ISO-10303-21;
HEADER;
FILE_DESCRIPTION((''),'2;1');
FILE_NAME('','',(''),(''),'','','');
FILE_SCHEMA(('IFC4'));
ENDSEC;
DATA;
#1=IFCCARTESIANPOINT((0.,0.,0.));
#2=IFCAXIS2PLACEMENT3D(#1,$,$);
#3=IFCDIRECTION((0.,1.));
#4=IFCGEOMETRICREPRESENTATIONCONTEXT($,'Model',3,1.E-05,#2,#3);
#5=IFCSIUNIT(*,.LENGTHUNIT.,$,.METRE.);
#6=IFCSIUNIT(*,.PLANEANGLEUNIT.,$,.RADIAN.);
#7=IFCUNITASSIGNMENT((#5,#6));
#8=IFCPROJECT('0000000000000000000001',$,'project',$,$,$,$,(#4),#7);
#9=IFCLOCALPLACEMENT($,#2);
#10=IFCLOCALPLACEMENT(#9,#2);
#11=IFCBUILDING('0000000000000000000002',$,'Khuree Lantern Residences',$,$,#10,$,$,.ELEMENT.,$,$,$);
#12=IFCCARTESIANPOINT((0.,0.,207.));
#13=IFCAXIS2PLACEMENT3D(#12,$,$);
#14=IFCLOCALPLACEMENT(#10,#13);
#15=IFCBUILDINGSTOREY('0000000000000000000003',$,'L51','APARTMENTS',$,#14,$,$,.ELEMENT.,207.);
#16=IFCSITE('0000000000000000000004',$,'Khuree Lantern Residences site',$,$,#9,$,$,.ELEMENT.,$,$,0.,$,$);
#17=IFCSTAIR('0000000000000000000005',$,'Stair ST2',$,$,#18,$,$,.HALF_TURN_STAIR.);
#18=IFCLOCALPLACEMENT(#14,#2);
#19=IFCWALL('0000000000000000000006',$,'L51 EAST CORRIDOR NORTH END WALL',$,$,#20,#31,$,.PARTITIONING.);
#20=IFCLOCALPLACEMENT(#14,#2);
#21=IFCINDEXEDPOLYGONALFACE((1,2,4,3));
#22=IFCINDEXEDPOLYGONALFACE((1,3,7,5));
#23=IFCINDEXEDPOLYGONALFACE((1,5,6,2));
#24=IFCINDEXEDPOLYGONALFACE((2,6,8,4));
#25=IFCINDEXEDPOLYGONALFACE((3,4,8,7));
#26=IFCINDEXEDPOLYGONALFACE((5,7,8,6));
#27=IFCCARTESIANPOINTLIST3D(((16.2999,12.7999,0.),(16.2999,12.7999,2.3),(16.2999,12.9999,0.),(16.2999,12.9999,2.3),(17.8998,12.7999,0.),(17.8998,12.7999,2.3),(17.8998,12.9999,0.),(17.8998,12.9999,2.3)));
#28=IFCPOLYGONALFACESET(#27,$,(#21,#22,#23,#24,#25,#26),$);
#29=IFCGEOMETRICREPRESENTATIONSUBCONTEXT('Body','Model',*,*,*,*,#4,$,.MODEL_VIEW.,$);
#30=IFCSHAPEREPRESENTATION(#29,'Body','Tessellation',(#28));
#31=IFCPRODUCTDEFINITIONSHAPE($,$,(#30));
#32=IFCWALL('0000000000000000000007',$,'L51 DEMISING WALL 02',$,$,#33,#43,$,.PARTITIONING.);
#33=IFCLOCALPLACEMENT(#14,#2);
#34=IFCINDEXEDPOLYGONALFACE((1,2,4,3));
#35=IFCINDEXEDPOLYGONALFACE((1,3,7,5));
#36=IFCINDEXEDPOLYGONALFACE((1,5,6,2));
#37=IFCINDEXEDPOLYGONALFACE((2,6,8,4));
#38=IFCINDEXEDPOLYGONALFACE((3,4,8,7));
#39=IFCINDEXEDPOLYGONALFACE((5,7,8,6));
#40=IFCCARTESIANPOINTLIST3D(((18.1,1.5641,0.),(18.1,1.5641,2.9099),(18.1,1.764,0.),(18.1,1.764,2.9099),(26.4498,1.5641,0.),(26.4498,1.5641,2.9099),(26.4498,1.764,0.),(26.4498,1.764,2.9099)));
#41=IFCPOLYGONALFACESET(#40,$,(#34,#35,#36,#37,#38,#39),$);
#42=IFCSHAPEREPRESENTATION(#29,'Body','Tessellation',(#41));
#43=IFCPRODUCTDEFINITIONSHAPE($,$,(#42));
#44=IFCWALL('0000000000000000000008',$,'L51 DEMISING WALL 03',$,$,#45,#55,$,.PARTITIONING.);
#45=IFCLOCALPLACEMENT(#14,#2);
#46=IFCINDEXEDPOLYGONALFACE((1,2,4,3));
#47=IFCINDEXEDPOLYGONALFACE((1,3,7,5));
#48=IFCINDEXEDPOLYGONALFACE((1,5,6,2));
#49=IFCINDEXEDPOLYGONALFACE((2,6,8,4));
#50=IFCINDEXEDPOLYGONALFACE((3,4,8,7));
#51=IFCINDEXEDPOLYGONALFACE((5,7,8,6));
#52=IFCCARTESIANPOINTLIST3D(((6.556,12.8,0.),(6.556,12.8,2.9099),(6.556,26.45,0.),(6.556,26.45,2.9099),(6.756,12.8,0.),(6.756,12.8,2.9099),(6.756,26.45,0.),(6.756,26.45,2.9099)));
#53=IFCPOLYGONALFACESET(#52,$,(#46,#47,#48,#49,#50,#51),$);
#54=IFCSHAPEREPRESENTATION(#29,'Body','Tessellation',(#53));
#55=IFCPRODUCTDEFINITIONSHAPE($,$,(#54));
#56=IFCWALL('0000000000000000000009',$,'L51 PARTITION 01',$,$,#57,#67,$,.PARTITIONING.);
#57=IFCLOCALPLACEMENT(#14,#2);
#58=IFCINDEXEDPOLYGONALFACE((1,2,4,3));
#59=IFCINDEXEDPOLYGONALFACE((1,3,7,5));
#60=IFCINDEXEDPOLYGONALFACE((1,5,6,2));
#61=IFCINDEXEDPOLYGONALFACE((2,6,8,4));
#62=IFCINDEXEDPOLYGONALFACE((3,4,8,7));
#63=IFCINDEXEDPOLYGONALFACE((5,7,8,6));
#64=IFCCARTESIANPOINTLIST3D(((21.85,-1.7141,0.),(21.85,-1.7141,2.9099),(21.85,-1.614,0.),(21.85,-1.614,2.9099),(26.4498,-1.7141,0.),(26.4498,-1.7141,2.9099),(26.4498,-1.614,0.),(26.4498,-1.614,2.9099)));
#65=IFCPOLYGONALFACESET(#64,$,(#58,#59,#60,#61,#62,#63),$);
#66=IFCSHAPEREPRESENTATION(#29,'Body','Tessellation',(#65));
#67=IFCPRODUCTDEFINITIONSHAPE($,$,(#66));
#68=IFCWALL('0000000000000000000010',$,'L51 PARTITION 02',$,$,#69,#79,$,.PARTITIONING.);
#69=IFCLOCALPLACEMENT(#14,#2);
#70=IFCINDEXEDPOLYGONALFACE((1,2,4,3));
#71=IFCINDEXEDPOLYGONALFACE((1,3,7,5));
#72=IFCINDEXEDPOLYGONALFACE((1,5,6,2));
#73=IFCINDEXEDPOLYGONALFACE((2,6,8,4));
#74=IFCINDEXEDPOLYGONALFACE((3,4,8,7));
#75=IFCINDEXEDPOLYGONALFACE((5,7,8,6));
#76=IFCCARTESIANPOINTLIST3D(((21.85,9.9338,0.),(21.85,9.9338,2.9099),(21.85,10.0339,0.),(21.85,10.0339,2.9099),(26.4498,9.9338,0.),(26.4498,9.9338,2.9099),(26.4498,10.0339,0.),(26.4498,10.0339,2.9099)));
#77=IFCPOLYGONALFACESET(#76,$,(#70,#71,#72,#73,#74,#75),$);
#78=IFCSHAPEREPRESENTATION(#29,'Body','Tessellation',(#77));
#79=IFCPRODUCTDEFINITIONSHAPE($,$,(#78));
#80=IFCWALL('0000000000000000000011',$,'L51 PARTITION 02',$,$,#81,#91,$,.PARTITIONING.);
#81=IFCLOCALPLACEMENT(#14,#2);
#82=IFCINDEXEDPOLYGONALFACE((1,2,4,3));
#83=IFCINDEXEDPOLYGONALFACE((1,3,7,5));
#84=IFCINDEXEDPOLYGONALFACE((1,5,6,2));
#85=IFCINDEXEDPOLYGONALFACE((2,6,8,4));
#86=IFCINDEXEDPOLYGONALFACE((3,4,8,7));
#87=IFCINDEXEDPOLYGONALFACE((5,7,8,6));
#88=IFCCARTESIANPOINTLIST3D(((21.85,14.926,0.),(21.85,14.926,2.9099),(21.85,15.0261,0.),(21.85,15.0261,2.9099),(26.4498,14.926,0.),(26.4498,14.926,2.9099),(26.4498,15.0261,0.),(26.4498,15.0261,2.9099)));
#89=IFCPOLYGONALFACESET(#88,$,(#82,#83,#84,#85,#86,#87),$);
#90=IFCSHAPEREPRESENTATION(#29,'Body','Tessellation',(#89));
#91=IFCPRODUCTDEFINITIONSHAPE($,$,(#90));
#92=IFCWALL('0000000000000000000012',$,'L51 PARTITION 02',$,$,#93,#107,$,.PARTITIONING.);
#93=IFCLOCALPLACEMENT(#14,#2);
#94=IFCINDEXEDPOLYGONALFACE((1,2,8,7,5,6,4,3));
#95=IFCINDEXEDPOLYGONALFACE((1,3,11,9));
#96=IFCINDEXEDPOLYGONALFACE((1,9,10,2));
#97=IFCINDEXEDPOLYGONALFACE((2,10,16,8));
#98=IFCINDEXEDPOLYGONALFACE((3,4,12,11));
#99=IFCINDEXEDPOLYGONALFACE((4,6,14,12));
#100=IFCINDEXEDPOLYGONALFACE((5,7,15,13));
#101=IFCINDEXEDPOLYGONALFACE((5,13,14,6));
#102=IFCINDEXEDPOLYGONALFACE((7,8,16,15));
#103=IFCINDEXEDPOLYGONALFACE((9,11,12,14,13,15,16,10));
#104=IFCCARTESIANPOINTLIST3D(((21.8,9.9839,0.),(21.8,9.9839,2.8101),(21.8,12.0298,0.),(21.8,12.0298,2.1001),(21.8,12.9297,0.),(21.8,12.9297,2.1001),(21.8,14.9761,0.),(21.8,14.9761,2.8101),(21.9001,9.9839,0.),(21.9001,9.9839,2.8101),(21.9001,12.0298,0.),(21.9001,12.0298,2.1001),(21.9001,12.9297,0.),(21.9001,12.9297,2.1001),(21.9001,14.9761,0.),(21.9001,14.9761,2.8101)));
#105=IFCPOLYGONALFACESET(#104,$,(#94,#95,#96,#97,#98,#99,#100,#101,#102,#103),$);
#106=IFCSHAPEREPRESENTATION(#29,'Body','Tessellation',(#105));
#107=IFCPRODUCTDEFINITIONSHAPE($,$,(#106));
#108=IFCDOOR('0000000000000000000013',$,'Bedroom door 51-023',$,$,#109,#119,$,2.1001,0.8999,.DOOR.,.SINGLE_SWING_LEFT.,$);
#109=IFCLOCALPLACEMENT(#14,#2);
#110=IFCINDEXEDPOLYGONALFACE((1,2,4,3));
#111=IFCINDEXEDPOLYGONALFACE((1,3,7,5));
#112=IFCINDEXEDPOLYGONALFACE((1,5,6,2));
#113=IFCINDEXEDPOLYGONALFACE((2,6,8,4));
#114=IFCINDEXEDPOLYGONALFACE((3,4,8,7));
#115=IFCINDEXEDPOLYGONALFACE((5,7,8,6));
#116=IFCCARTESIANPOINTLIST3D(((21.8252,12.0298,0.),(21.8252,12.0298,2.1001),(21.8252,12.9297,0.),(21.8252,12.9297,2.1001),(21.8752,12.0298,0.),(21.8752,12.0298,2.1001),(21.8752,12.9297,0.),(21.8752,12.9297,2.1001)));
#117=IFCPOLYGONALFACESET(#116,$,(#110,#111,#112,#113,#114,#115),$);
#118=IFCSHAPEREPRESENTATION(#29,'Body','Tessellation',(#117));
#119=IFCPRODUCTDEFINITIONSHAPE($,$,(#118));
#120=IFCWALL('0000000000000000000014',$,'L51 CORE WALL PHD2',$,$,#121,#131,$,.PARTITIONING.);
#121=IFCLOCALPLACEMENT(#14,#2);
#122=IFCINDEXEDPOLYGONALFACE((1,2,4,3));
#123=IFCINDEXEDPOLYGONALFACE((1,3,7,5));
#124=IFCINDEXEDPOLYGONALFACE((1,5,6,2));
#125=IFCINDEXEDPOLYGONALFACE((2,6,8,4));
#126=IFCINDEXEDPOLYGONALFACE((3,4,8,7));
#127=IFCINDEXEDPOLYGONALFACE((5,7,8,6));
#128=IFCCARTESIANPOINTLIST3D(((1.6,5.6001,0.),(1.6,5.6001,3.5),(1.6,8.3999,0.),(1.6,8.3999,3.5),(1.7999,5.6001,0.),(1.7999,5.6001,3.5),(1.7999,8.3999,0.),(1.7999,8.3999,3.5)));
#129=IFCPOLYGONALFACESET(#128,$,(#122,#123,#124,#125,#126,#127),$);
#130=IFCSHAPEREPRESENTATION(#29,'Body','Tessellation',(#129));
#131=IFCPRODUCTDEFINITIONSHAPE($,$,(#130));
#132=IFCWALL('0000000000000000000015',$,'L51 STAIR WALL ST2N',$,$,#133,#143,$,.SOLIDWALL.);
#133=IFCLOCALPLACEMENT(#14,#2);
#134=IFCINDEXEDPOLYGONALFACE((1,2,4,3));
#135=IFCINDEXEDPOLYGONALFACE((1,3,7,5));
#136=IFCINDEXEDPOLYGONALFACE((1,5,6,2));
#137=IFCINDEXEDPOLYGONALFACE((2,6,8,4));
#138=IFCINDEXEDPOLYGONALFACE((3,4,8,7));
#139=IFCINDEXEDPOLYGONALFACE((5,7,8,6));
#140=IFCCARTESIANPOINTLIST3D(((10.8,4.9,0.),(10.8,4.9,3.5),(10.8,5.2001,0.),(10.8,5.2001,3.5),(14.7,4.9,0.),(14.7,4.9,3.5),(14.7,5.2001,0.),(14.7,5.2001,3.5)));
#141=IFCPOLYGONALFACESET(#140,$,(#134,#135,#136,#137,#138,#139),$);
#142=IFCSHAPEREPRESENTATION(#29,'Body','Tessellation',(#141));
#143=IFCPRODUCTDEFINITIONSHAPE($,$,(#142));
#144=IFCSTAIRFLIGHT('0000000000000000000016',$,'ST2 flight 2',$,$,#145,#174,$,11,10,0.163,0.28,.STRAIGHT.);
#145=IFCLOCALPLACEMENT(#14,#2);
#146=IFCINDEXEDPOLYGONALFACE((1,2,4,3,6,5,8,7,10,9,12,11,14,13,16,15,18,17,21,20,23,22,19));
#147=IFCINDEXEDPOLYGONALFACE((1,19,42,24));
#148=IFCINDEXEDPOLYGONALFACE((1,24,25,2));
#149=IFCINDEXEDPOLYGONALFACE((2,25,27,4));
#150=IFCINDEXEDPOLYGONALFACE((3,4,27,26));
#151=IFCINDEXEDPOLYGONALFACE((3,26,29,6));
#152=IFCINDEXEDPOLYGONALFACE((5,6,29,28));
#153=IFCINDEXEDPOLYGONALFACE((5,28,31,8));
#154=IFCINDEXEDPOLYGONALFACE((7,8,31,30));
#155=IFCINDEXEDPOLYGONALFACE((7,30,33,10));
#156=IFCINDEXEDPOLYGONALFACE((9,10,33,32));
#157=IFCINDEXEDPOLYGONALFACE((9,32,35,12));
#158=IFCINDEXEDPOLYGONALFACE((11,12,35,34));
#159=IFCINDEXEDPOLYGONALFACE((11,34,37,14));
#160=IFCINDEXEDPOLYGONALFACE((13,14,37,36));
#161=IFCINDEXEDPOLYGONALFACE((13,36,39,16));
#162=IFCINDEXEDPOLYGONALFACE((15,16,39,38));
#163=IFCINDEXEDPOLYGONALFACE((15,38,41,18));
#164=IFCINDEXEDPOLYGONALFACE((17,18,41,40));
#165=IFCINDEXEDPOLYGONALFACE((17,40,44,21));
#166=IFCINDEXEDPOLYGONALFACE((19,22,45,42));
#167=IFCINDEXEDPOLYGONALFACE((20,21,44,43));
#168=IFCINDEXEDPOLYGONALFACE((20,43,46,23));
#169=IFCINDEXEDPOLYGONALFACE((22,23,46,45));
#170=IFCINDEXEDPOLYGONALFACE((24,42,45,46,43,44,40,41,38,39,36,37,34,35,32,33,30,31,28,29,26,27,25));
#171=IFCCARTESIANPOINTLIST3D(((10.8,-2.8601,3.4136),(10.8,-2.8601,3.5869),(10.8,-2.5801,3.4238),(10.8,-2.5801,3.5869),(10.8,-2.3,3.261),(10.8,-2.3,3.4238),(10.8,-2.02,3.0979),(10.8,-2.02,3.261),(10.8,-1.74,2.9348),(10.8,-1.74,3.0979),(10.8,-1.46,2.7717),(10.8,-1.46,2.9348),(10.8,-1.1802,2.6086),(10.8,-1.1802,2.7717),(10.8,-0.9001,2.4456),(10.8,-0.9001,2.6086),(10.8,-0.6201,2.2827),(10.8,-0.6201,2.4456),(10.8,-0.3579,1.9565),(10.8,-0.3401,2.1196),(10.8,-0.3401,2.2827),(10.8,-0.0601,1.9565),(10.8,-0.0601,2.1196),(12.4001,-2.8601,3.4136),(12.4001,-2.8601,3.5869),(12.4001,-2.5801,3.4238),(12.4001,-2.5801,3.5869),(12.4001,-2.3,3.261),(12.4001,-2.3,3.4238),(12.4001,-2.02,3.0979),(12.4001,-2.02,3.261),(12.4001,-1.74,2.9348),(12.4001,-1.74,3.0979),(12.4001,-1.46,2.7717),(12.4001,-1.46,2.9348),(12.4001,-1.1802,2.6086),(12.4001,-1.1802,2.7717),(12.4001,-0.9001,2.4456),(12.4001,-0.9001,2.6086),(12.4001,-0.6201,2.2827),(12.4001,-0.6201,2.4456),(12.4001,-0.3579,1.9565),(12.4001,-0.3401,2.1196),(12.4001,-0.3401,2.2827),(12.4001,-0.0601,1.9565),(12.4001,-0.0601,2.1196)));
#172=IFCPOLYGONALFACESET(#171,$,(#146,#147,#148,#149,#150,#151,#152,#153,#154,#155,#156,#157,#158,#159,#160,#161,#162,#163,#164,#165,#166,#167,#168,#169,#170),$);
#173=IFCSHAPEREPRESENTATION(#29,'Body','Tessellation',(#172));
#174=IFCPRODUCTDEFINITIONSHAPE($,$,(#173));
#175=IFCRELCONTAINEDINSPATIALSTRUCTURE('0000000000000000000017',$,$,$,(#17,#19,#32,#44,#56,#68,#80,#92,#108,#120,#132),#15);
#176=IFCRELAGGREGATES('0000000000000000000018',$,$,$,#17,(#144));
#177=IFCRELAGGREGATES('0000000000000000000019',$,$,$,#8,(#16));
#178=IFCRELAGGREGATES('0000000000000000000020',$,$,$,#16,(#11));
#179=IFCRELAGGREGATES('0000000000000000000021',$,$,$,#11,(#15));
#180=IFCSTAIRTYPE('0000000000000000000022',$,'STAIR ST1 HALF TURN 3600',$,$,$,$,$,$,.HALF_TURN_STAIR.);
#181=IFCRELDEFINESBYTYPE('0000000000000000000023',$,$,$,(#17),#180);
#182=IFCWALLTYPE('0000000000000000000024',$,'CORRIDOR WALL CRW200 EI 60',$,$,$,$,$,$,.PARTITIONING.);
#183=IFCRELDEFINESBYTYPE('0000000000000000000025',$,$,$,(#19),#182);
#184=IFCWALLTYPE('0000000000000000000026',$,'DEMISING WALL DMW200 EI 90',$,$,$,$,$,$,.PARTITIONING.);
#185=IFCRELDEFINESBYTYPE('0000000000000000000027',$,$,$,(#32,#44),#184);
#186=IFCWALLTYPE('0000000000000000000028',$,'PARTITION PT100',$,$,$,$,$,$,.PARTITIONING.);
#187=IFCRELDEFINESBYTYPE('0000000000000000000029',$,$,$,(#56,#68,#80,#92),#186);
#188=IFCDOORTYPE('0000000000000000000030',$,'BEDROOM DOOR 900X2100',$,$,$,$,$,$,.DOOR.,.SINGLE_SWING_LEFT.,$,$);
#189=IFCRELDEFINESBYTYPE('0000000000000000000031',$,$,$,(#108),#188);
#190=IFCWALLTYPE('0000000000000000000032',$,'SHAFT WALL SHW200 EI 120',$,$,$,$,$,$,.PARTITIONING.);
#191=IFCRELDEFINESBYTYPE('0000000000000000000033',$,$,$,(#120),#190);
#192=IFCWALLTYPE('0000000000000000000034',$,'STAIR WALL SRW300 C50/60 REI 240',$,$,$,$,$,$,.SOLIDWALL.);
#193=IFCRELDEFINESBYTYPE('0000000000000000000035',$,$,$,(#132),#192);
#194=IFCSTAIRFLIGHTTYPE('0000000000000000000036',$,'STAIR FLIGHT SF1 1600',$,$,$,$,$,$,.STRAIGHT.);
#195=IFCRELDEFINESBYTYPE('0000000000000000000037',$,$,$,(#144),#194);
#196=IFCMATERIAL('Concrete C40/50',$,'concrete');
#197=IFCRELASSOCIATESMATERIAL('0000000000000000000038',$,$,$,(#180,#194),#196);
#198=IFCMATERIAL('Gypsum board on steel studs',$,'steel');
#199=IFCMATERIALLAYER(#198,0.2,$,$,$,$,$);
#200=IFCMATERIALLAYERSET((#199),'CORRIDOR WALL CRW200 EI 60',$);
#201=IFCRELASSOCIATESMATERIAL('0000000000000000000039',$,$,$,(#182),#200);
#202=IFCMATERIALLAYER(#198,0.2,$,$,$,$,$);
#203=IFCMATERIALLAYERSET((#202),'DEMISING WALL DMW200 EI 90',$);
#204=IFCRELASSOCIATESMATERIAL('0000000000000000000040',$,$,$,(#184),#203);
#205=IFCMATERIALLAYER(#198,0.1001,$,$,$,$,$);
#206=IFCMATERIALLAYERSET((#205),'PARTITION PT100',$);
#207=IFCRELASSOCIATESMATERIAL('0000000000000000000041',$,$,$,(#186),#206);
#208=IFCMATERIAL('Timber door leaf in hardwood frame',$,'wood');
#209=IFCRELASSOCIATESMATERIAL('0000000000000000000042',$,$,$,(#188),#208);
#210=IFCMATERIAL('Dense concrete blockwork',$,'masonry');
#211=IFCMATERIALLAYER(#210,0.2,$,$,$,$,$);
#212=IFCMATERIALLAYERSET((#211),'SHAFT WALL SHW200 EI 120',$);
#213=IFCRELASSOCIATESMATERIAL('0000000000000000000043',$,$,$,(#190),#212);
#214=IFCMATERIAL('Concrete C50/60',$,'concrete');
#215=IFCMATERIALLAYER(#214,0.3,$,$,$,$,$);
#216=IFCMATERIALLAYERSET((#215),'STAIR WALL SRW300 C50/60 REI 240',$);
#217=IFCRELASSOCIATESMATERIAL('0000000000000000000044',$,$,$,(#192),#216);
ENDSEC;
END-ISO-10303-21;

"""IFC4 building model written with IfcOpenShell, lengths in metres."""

from ifc_helpers import new_model, si_unit, direction, frame, frame_2d, origin, place, context, subcontext, project, spatial, polyline, rectangle, outline, extrude, material, layer, layer_set, type_object, element, fill, aggregate, save


model = new_model("IFC4")

# Units and contexts
model_context = context("Model", 3, precision=1e-05, world=origin(), true_north=direction((0.0, 1.0)))
body_context = subcontext(model_context, "Body", "Model", "MODEL_VIEW")
ifc_project = project(units=[si_unit("LENGTHUNIT", "METRE"), si_unit("PLANEANGLEUNIT", "RADIAN")], contexts=[model_context])

# Site, building, storey
site_placement = place(None, origin())
site = spatial("IfcSite", under=ifc_project, at=site_placement, Name="Khuree Lantern Residences site", CompositionType="ELEMENT", RefElevation=0.0)
building_placement = place(site_placement, origin())
building = spatial("IfcBuilding", under=site, at=building_placement, Name="Khuree Lantern Residences", CompositionType="ELEMENT")
storey_placement = place(building_placement, frame((0.0, 0.0, 207.0)))
storey = spatial("IfcBuildingStorey", under=building, at=storey_placement, Name="L51", Description="APARTMENTS", CompositionType="ELEMENT", Elevation=207.0)

# Shared definitions
ifc_material_1 = material(Name="Concrete C50/60", Category="concrete")

# Stair
ifc_material_2 = material(Name="Concrete C40/50", Category="concrete")
stair_type = type_object("IfcStairType", Name="STAIR ST1 HALF TURN 3600", PredefinedType="HALF_TURN_STAIR", material=ifc_material_2)
stair_1_placement = place(storey_placement, origin())
stair_1 = element("IfcStair", 1, at=stair_1_placement, inside=storey, type_object=stair_type, Name="Stair ST2", PredefinedType="HALF_TURN_STAIR")

# Shared definitions
ifc_material_3 = material(Name="Timber door leaf in hardwood frame", Category="wood")

# Walls
ifc_material_4 = material(Name="Dense concrete blockwork", Category="masonry")
ifc_material_5 = material(Name="Gypsum board on steel studs", Category="steel")
ifc_layer_1 = layer(ifc_material_5, 0.2)
ifc_layer_set_1 = layer_set([ifc_layer_1], Name="CORRIDOR WALL CRW200 EI 60")
wall_type_1 = type_object("IfcWallType", Name="CORRIDOR WALL CRW200 EI 60", PredefinedType="PARTITIONING", material=ifc_layer_set_1)
wall_1_placement = place(storey_placement, frame((16.3, 12.8999, 0.0), z_axis=(0.0, 0.0, 1.0), x_axis=(1.0, 0.0, 0.0)))
element("IfcWall", 2, at=wall_1_placement, inside=storey, type_object=wall_type_1, Name="L51 EAST CORRIDOR NORTH END WALL", PredefinedType="PARTITIONING", context=body_context, shape_type="SweptSolid", body=[
    extrude(rectangle(XDim=1.5999, YDim=0.2, at=frame_2d((0.7998, 0.0))), origin(), (0.0, 0.0, 1.0), 2.3),
])
ifc_layer_2 = layer(ifc_material_5, 0.2)
ifc_layer_set_2 = layer_set([ifc_layer_2], Name="DEMISING WALL DMW200 EI 90")
wall_type_2 = type_object("IfcWallType", Name="DEMISING WALL DMW200 EI 90", PredefinedType="PARTITIONING", material=ifc_layer_set_2)
wall_2_placement = place(storey_placement, frame((18.1001, 1.6641, 0.0), z_axis=(0.0, 0.0, 1.0), x_axis=(1.0, 0.0, 0.0)))
element("IfcWall", 3, at=wall_2_placement, inside=storey, type_object=wall_type_2, Name="L51 DEMISING WALL 02", PredefinedType="PARTITIONING", context=body_context, shape_type="SweptSolid", body=[
    extrude(rectangle(XDim=8.3499, YDim=0.2, at=frame_2d((4.1748, 0.0))), origin(), (0.0, 0.0, 1.0), 2.9099),
])
wall_3_placement = place(storey_placement, frame((6.656, 12.8, 0.0), z_axis=(0.0, 0.0, 1.0), x_axis=(0.0, 1.0, 0.0)))
element("IfcWall", 4, at=wall_3_placement, inside=storey, type_object=wall_type_2, Name="L51 DEMISING WALL 03", PredefinedType="PARTITIONING", context=body_context, shape_type="SweptSolid", body=[
    extrude(rectangle(XDim=13.6499, YDim=0.2, at=frame_2d((6.825, 0.0))), origin(), (0.0, 0.0, 1.0), 2.9099),
])
ifc_layer_3 = layer(ifc_material_5, 0.1001)
ifc_layer_set_3 = layer_set([ifc_layer_3], Name="PARTITION PT100")
wall_type_3 = type_object("IfcWallType", Name="PARTITION PT100", PredefinedType="PARTITIONING", material=ifc_layer_set_3)
for number, where, z_axis, x_axis, name in (
    (5, (21.8501, -1.6641, 0.0), (0.0, 0.0, 1.0), (1.0, 0.0, 0.0), "L51 PARTITION 01"),
    (6, (21.8501, 9.9839, 0.0), (0.0, 0.0, 1.0), (1.0, 0.0, 0.0), "L51 PARTITION 02"),
    (7, (21.8501, 14.9761, 0.0), (0.0, 0.0, 1.0), (1.0, 0.0, 0.0), "L51 PARTITION 02"),
):
    element("IfcWall", number, at=place(storey_placement, frame(where, z_axis=z_axis, x_axis=x_axis)), inside=storey, type_object=wall_type_3, Name=name, PredefinedType="PARTITIONING", context=body_context, shape_type="SweptSolid", body=[
        extrude(rectangle(XDim=4.5999, YDim=0.1001, at=frame_2d((2.2998, 0.0))), origin(), (0.0, 0.0, 1.0), 2.9099),
    ])

# Wall, opening, door
wall_4_placement = place(storey_placement, frame((21.8501, 9.9839, 0.0), z_axis=(0.0, 0.0, 1.0), x_axis=(0.0, 1.0, 0.0)))
wall_4 = element("IfcWall", 8, at=wall_4_placement, inside=storey, type_object=wall_type_3, Name="L51 PARTITION 02", PredefinedType="PARTITIONING", context=body_context, shape_type="SweptSolid", body=[
    extrude(rectangle(XDim=4.9922, YDim=0.1001, at=frame_2d((2.4961, 0.0))), origin(), (0.0, 0.0, 1.0), 2.8101),
])
opening_1_placement = place(wall_4_placement, frame((2.0459, 0.0, 0.0)))
opening_1 = element("IfcOpeningElement", 9, at=opening_1_placement, cuts=wall_4, PredefinedType="OPENING", context=body_context, shape_type="SweptSolid", body=[
    extrude(rectangle(XDim=0.8999, YDim=2.1001, at=frame_2d((0.45, 1.05))), frame((0.0, 0.0601, 0.0), z_axis=(0.0, -1.0, 0.0), x_axis=(1.0, 0.0, 0.0)), (0.0, 0.0, 1.0), 0.1201),
])
door_type_1 = type_object("IfcDoorType", Name="BEDROOM DOOR 900X2100", OperationType="SINGLE_SWING_LEFT", PredefinedType="DOOR", material=ifc_material_3)
door_1_placement = place(opening_1_placement, origin())
door_1 = element("IfcDoor", 10, at=door_1_placement, inside=storey, type_object=door_type_1, Name="Bedroom door 51-023", OperationType="SINGLE_SWING_LEFT", OverallHeight=2.1001, OverallWidth=0.8999, PredefinedType="DOOR", context=body_context, shape_type="SweptSolid", body=[
    extrude(rectangle(XDim=0.8999, YDim=2.1001, at=frame_2d((0.45, 1.05))), frame((0.0, 0.0249, 0.0), z_axis=(0.0, -1.0, 0.0), x_axis=(1.0, 0.0, 0.0)), (0.0, 0.0, 1.0), 0.05),
])
fill(opening_1, door_1)

# Walls
ifc_layer_4 = layer(ifc_material_4, 0.2)
ifc_layer_set_4 = layer_set([ifc_layer_4], Name="SHAFT WALL SHW200 EI 120")
wall_type_4 = type_object("IfcWallType", Name="SHAFT WALL SHW200 EI 120", PredefinedType="PARTITIONING", material=ifc_layer_set_4)
wall_5_placement = place(storey_placement, frame((1.7, 5.6001, 0.0), z_axis=(0.0, 0.0, 1.0), x_axis=(0.0, 1.0, 0.0)))
element("IfcWall", 11, at=wall_5_placement, inside=storey, type_object=wall_type_4, Name="L51 CORE WALL PHD2", PredefinedType="PARTITIONING", context=body_context, shape_type="SweptSolid", body=[
    extrude(rectangle(XDim=2.7998, YDim=0.2, at=frame_2d((1.3999, 0.0))), origin(), (0.0, 0.0, 1.0), 3.5),
])
ifc_layer_5 = layer(ifc_material_1, 0.3)
ifc_layer_set_5 = layer_set([ifc_layer_5], Name="STAIR WALL SRW300 C50/60 REI 240")
wall_type_5 = type_object("IfcWallType", Name="STAIR WALL SRW300 C50/60 REI 240", PredefinedType="SOLIDWALL", material=ifc_layer_set_5)
wall_6_placement = place(storey_placement, frame((14.7, 5.05, 0.0), z_axis=(0.0, 0.0, 1.0), x_axis=(-1.0, 0.0, 0.0)))
element("IfcWall", 12, at=wall_6_placement, inside=storey, type_object=wall_type_5, Name="L51 STAIR WALL ST2N", PredefinedType="SOLIDWALL", context=body_context, shape_type="SweptSolid", body=[
    extrude(rectangle(XDim=3.8999, YDim=0.3, at=frame_2d((1.95, 0.0))), origin(), (0.0, 0.0, 1.0), 3.5),
])

# Stair flight
stair_flight_type = type_object("IfcStairFlightType", Name="STAIR FLIGHT SF1 1600", PredefinedType="STRAIGHT", material=ifc_material_2)
stair_flight_placement = place(storey_placement, frame((11.6001, -0.0601, 1.9565), z_axis=(0.0, 0.0, 1.0), x_axis=(0.0, -1.0, 0.0)))
stair_flight = element("IfcStairFlight", 13, at=stair_flight_placement, type_object=stair_flight_type, Name="ST2 flight 2", NumberOfRisers=11, NumberOfTreads=10, PredefinedType="STRAIGHT", RiserHeight=0.163, TreadLength=0.28, context=body_context, shape_type="SweptSolid", body=[
    extrude(outline(polyline([(0.0, 0.0), (0.0, 0.1631), (0.28, 0.1631), (0.28, 0.3262), (0.5601, 0.3262), (0.5601, 0.489), (0.8401, 0.489), (0.8401, 0.6521), (1.1201, 0.6521), (1.1201, 0.8152), (1.3999, 0.8152), (1.3999, 0.9783), (1.6799, 0.9783), (1.6799, 1.1414), (1.96, 1.1414), (1.96, 1.3044), (2.24, 1.3044), (2.24, 1.4673), (2.52, 1.4673), (2.52, 1.6304), (2.8, 1.6304), (2.8, 1.7935), (2.8, 1.457), (0.2979, 0.0), (0.0, 0.0)])), frame((0.0, 0.8, 0.0), z_axis=(0.0, -1.0, 0.0), x_axis=(1.0, 0.0, 0.0)), (0.0, 0.0, 1.0), 1.6001),
])
aggregate(stair_1, [stair_flight])

save(model, "model.ifc")
